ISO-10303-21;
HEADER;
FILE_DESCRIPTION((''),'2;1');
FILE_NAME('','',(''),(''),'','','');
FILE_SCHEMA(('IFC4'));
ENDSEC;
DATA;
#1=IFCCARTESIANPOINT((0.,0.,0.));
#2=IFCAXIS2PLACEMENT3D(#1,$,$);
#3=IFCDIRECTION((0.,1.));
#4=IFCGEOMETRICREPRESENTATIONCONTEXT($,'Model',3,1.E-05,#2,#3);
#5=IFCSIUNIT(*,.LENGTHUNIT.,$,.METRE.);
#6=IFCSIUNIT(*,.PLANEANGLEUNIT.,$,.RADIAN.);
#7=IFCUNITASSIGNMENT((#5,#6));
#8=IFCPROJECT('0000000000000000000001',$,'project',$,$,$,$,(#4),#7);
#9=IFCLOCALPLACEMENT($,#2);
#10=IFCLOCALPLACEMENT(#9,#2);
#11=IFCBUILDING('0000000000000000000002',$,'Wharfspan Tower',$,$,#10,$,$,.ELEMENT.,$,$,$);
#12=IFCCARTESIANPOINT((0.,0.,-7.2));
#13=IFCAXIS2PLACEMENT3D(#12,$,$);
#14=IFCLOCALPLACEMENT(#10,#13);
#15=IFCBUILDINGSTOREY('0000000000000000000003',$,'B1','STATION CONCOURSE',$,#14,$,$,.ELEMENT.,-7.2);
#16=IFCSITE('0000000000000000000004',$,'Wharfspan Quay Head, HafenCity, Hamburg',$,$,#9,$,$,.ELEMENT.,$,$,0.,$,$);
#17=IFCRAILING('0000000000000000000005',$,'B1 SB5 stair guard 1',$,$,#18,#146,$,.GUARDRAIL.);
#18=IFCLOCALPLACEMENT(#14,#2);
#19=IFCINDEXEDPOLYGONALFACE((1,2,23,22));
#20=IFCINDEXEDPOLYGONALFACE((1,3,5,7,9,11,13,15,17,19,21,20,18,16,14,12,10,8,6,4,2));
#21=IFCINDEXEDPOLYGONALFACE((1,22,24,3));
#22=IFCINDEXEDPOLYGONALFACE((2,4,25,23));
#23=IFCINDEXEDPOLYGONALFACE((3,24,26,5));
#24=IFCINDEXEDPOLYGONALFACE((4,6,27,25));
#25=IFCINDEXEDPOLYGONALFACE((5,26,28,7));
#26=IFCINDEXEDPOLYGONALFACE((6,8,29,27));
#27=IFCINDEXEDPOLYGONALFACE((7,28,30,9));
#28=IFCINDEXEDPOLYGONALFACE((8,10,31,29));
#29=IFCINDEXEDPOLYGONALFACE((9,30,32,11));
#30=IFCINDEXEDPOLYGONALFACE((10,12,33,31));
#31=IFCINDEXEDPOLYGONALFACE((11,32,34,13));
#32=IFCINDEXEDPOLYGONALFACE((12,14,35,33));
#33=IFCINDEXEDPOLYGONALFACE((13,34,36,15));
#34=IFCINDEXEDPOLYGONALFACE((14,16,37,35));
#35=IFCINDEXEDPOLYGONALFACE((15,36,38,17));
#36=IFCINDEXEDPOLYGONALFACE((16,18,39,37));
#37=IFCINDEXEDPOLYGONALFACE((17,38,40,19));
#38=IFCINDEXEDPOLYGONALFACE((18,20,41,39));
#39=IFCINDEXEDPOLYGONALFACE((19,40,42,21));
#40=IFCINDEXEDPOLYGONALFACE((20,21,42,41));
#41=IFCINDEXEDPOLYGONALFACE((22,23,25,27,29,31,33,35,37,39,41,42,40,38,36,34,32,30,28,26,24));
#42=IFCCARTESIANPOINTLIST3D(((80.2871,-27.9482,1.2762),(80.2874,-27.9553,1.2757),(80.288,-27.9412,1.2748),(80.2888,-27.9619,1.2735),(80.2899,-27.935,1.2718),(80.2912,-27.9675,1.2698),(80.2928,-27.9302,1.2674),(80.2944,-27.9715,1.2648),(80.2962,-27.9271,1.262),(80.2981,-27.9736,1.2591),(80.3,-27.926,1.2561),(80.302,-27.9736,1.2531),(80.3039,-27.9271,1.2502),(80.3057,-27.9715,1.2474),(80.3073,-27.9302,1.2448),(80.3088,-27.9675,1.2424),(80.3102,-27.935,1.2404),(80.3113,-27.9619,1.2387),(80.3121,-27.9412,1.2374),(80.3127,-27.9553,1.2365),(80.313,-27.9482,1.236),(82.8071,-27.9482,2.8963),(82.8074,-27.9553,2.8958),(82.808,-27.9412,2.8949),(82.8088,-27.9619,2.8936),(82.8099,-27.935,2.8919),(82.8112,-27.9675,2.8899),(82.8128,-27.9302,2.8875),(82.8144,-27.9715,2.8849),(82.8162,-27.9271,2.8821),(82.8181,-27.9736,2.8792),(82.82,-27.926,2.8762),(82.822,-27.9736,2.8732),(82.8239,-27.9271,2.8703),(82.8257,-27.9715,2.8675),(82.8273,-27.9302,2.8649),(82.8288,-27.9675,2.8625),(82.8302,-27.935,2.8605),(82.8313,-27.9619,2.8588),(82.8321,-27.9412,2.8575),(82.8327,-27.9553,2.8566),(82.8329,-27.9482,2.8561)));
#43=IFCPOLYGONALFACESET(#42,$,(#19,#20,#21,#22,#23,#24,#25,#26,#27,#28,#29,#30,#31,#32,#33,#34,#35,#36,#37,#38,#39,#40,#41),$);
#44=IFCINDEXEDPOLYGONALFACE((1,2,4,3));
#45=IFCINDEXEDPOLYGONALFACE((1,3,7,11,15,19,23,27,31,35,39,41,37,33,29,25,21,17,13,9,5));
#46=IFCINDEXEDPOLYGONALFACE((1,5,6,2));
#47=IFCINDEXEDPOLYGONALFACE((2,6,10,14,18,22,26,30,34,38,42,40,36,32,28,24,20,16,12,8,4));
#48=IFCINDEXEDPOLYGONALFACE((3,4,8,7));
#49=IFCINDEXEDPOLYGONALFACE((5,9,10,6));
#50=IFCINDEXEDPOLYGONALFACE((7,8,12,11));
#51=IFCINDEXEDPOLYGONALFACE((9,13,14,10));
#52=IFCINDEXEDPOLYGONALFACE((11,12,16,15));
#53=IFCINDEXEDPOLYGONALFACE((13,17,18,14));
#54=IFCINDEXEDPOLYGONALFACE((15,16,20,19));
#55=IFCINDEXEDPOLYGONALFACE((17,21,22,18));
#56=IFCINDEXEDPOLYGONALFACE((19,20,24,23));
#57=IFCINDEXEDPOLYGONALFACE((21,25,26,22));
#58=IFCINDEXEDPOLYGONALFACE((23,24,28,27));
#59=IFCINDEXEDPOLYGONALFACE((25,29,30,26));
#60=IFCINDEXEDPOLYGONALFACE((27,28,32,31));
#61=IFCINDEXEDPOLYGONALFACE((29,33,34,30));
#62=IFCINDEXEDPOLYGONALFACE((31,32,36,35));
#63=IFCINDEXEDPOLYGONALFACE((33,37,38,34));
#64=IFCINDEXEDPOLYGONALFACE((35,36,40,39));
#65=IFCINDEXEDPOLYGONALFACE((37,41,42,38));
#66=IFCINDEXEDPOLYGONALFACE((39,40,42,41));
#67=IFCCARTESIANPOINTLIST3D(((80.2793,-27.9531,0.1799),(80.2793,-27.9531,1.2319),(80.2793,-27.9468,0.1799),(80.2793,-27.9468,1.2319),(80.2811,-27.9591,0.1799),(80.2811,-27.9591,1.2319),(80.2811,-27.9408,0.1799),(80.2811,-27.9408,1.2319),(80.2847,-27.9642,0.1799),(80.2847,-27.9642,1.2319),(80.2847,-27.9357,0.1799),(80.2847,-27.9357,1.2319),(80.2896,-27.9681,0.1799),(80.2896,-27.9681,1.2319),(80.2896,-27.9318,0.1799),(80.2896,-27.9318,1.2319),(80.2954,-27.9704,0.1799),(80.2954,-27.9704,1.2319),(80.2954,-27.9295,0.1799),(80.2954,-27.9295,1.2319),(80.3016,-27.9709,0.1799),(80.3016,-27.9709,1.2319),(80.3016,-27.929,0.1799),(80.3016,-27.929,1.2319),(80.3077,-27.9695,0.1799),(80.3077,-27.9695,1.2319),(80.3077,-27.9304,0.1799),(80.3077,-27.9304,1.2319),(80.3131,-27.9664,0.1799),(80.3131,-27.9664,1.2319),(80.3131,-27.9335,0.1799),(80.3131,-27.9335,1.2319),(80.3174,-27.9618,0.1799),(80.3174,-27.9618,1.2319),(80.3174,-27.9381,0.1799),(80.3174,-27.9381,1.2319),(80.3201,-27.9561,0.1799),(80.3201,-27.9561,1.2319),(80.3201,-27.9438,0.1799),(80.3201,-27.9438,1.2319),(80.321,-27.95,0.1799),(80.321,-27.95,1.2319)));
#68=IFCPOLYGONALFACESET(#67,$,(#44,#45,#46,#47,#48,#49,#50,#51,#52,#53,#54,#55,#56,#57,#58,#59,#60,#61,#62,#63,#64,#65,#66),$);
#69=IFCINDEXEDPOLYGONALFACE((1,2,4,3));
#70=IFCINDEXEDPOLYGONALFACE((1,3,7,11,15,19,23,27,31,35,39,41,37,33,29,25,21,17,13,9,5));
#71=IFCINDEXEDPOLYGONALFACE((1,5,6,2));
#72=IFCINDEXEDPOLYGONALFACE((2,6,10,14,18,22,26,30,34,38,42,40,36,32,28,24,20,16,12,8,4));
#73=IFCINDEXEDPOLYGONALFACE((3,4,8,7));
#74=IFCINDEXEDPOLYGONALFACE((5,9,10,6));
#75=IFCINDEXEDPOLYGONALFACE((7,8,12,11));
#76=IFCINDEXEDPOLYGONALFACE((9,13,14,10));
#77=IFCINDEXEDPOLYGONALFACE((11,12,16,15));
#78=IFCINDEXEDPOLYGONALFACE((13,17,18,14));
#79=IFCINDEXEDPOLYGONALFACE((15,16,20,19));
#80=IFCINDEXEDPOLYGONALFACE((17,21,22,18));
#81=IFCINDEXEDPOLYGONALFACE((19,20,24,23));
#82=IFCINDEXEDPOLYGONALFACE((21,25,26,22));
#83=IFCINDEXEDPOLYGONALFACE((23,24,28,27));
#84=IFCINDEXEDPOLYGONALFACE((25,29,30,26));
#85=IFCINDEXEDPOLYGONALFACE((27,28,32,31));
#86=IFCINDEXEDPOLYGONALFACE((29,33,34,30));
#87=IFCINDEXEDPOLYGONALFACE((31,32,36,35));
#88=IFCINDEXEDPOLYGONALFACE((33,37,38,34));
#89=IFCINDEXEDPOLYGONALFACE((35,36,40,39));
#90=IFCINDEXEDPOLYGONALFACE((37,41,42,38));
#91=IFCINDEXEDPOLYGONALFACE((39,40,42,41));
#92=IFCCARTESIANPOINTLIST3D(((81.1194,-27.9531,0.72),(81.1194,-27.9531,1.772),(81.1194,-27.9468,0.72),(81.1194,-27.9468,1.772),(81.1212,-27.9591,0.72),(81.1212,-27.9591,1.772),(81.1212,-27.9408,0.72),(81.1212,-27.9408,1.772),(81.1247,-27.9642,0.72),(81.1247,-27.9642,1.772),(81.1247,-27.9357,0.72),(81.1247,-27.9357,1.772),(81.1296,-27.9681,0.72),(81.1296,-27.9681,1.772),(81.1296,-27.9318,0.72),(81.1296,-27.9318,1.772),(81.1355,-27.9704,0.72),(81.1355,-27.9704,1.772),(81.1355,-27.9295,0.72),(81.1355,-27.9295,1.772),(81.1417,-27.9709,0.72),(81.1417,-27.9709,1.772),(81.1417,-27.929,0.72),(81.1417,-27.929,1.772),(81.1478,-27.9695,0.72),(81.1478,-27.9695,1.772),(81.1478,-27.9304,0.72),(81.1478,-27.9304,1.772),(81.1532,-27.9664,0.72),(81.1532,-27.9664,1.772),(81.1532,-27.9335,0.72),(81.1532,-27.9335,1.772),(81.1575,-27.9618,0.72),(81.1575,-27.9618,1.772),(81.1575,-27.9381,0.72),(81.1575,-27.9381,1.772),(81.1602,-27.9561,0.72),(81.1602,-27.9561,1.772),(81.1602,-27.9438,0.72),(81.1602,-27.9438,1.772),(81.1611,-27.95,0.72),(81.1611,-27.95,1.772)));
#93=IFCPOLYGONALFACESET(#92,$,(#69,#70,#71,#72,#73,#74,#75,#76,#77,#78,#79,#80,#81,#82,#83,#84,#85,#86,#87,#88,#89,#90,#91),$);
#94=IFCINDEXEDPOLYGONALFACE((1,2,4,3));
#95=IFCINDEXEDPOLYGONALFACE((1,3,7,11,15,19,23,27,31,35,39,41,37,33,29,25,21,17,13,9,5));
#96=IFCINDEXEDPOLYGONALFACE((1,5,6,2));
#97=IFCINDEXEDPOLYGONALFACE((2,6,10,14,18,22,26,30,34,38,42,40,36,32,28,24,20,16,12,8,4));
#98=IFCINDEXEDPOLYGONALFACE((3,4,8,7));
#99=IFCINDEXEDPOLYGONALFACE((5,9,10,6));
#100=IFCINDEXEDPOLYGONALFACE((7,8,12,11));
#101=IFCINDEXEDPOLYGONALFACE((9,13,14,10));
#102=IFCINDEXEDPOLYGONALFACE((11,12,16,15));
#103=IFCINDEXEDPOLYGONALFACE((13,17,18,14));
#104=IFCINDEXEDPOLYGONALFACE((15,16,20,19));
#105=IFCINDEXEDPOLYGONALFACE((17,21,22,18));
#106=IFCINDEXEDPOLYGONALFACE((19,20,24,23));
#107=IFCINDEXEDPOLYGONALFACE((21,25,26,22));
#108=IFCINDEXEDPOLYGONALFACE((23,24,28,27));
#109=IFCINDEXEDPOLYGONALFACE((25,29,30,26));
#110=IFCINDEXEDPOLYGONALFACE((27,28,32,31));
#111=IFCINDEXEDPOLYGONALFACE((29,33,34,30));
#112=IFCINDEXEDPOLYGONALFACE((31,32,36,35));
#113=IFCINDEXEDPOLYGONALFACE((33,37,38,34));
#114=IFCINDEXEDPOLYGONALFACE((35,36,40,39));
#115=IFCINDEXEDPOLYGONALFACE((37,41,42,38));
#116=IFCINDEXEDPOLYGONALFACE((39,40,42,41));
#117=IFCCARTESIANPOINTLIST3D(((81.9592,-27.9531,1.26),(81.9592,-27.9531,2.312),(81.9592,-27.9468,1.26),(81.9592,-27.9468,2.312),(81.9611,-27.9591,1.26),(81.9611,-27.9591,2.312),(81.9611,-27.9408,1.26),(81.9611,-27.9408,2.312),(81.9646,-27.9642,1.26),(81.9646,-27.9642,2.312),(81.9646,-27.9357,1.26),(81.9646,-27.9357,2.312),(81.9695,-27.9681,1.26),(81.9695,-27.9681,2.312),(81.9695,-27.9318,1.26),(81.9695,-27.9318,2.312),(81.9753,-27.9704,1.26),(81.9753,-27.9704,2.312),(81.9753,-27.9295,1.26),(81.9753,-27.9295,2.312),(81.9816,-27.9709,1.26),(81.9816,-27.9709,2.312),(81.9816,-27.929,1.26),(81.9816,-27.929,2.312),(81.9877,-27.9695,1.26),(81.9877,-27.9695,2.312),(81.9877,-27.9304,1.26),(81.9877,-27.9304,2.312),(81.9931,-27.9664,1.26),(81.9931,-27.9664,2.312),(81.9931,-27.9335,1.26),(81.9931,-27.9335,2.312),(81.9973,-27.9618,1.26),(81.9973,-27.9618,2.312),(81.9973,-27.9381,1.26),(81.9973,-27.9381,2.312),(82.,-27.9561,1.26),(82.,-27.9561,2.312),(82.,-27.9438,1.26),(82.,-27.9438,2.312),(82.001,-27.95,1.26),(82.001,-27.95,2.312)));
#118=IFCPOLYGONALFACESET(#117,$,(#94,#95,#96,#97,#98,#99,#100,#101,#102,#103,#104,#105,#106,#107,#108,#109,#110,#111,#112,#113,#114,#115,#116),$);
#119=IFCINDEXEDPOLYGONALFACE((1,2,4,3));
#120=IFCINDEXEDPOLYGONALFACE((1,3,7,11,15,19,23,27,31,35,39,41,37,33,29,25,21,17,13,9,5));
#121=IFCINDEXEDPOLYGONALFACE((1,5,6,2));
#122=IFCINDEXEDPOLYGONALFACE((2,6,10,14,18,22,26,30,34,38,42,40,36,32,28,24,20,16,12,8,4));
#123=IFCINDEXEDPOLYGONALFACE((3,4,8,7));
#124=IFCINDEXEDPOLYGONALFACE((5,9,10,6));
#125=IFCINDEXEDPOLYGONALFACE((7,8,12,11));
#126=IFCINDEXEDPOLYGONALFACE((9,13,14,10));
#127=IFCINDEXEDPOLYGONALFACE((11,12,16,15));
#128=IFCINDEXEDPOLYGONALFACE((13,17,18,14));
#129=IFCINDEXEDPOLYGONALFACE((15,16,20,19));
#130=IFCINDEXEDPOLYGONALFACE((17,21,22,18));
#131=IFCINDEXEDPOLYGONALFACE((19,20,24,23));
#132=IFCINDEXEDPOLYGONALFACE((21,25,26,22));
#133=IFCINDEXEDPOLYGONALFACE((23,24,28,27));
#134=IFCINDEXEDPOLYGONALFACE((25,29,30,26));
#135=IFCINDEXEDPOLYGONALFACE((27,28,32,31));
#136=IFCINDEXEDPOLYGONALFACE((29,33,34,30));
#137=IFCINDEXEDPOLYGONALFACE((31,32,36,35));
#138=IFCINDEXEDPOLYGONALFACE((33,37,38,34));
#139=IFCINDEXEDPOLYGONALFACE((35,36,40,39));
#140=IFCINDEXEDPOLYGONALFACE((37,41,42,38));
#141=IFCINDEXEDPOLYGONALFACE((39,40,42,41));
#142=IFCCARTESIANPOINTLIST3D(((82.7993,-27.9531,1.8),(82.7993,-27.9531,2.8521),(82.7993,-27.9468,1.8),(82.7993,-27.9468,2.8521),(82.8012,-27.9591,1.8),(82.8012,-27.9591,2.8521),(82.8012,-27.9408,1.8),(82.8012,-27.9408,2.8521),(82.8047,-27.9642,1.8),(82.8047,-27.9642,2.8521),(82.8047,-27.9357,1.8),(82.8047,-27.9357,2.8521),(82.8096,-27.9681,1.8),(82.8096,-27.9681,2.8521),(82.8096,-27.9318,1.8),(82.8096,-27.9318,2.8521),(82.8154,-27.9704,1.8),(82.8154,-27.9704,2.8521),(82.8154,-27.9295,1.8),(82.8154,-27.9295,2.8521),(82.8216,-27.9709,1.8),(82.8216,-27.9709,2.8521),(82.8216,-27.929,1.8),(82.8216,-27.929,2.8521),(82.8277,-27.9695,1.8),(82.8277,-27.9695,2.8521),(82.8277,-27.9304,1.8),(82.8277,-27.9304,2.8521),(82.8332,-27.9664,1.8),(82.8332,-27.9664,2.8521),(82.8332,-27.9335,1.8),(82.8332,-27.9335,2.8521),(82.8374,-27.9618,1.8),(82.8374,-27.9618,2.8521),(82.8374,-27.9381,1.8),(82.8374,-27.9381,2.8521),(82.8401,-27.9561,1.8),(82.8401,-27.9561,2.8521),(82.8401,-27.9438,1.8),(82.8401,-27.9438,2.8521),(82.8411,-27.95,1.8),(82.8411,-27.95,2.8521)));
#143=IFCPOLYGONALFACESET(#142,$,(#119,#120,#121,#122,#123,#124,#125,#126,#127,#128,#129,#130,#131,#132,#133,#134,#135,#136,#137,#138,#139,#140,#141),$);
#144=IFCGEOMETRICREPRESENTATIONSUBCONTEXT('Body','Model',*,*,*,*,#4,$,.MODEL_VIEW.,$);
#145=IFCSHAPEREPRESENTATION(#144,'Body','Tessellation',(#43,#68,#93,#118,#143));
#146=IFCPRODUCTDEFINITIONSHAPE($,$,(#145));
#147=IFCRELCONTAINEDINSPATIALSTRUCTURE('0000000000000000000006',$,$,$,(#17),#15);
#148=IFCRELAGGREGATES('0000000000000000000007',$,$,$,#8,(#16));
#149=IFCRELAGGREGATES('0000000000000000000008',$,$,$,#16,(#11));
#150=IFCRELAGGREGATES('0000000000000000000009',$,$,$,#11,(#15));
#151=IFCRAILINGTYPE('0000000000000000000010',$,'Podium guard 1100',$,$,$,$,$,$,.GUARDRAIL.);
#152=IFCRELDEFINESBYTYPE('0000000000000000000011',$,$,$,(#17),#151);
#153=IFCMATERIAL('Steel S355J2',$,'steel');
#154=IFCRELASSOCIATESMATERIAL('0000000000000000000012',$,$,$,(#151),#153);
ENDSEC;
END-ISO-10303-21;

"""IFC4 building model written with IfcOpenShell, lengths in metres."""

from ifc_helpers import new_model, si_unit, direction, frame, origin, origin_2d, place, context, subcontext, project, spatial, circle, extrude, material, type_object, element, save


model = new_model("IFC4")

# Units and contexts
model_context = context("Model", 3, precision=1e-05, world=origin(), true_north=direction((0.0, 1.0)))
body_context = subcontext(model_context, "Body", "Model", "MODEL_VIEW")
ifc_project = project(units=[si_unit("LENGTHUNIT", "METRE"), si_unit("PLANEANGLEUNIT", "RADIAN")], contexts=[model_context])

# Site, building, storey
site_placement = place(None, origin())
site = spatial("IfcSite", under=ifc_project, at=site_placement, Name="Wharfspan Quay Head, HafenCity, Hamburg", CompositionType="ELEMENT", RefElevation=0.0)
building_placement = place(site_placement, origin())
building = spatial("IfcBuilding", under=site, at=building_placement, Name="Wharfspan Tower", CompositionType="ELEMENT")
storey_placement = place(building_placement, frame((0.0, 0.0, -7.2)))
storey = spatial("IfcBuildingStorey", under=building, at=storey_placement, Name="B1", Description="STATION CONCOURSE", CompositionType="ELEMENT", Elevation=-7.2)

# Railing
ifc_material_1 = material(Name="Steel S355J2", Category="steel")
railing_type_1 = type_object("IfcRailingType", Name="Podium guard 1100", PredefinedType="GUARDRAIL", material=ifc_material_1)
railing_1_placement = place(storey_placement, frame((80.3, -27.95, 0.1799)))
element("IfcRailing", 1, at=railing_1_placement, inside=storey, type_object=railing_type_1, Name="B1 SB5 stair guard 1", PredefinedType="GUARDRAIL", context=body_context, shape_type="SweptSolid", body=[
    extrude(circle(Radius=0.0239, at=origin_2d()), frame((0.0, 0.0, 1.0762), z_axis=(0.841163, 0.0, 0.540782), x_axis=(0.0, 1.0, 0.0)), (0.0, 0.0, 1.0), 2.9958),
    extrude(circle(Radius=0.021, at=origin_2d()), origin(), (0.0, 0.0, 1.0), 1.052),
    extrude(circle(Radius=0.021, at=origin_2d()), frame((0.8401, 0.0, 0.54)), (0.0, 0.0, 1.0), 1.052),
    extrude(circle(Radius=0.021, at=origin_2d()), frame((1.6799, 0.0, 1.0801)), (0.0, 0.0, 1.0), 1.052),
    extrude(circle(Radius=0.021, at=origin_2d()), frame((2.52, 0.0, 1.6201)), (0.0, 0.0, 1.0), 1.052),
])

save(model, "model.ifc")
